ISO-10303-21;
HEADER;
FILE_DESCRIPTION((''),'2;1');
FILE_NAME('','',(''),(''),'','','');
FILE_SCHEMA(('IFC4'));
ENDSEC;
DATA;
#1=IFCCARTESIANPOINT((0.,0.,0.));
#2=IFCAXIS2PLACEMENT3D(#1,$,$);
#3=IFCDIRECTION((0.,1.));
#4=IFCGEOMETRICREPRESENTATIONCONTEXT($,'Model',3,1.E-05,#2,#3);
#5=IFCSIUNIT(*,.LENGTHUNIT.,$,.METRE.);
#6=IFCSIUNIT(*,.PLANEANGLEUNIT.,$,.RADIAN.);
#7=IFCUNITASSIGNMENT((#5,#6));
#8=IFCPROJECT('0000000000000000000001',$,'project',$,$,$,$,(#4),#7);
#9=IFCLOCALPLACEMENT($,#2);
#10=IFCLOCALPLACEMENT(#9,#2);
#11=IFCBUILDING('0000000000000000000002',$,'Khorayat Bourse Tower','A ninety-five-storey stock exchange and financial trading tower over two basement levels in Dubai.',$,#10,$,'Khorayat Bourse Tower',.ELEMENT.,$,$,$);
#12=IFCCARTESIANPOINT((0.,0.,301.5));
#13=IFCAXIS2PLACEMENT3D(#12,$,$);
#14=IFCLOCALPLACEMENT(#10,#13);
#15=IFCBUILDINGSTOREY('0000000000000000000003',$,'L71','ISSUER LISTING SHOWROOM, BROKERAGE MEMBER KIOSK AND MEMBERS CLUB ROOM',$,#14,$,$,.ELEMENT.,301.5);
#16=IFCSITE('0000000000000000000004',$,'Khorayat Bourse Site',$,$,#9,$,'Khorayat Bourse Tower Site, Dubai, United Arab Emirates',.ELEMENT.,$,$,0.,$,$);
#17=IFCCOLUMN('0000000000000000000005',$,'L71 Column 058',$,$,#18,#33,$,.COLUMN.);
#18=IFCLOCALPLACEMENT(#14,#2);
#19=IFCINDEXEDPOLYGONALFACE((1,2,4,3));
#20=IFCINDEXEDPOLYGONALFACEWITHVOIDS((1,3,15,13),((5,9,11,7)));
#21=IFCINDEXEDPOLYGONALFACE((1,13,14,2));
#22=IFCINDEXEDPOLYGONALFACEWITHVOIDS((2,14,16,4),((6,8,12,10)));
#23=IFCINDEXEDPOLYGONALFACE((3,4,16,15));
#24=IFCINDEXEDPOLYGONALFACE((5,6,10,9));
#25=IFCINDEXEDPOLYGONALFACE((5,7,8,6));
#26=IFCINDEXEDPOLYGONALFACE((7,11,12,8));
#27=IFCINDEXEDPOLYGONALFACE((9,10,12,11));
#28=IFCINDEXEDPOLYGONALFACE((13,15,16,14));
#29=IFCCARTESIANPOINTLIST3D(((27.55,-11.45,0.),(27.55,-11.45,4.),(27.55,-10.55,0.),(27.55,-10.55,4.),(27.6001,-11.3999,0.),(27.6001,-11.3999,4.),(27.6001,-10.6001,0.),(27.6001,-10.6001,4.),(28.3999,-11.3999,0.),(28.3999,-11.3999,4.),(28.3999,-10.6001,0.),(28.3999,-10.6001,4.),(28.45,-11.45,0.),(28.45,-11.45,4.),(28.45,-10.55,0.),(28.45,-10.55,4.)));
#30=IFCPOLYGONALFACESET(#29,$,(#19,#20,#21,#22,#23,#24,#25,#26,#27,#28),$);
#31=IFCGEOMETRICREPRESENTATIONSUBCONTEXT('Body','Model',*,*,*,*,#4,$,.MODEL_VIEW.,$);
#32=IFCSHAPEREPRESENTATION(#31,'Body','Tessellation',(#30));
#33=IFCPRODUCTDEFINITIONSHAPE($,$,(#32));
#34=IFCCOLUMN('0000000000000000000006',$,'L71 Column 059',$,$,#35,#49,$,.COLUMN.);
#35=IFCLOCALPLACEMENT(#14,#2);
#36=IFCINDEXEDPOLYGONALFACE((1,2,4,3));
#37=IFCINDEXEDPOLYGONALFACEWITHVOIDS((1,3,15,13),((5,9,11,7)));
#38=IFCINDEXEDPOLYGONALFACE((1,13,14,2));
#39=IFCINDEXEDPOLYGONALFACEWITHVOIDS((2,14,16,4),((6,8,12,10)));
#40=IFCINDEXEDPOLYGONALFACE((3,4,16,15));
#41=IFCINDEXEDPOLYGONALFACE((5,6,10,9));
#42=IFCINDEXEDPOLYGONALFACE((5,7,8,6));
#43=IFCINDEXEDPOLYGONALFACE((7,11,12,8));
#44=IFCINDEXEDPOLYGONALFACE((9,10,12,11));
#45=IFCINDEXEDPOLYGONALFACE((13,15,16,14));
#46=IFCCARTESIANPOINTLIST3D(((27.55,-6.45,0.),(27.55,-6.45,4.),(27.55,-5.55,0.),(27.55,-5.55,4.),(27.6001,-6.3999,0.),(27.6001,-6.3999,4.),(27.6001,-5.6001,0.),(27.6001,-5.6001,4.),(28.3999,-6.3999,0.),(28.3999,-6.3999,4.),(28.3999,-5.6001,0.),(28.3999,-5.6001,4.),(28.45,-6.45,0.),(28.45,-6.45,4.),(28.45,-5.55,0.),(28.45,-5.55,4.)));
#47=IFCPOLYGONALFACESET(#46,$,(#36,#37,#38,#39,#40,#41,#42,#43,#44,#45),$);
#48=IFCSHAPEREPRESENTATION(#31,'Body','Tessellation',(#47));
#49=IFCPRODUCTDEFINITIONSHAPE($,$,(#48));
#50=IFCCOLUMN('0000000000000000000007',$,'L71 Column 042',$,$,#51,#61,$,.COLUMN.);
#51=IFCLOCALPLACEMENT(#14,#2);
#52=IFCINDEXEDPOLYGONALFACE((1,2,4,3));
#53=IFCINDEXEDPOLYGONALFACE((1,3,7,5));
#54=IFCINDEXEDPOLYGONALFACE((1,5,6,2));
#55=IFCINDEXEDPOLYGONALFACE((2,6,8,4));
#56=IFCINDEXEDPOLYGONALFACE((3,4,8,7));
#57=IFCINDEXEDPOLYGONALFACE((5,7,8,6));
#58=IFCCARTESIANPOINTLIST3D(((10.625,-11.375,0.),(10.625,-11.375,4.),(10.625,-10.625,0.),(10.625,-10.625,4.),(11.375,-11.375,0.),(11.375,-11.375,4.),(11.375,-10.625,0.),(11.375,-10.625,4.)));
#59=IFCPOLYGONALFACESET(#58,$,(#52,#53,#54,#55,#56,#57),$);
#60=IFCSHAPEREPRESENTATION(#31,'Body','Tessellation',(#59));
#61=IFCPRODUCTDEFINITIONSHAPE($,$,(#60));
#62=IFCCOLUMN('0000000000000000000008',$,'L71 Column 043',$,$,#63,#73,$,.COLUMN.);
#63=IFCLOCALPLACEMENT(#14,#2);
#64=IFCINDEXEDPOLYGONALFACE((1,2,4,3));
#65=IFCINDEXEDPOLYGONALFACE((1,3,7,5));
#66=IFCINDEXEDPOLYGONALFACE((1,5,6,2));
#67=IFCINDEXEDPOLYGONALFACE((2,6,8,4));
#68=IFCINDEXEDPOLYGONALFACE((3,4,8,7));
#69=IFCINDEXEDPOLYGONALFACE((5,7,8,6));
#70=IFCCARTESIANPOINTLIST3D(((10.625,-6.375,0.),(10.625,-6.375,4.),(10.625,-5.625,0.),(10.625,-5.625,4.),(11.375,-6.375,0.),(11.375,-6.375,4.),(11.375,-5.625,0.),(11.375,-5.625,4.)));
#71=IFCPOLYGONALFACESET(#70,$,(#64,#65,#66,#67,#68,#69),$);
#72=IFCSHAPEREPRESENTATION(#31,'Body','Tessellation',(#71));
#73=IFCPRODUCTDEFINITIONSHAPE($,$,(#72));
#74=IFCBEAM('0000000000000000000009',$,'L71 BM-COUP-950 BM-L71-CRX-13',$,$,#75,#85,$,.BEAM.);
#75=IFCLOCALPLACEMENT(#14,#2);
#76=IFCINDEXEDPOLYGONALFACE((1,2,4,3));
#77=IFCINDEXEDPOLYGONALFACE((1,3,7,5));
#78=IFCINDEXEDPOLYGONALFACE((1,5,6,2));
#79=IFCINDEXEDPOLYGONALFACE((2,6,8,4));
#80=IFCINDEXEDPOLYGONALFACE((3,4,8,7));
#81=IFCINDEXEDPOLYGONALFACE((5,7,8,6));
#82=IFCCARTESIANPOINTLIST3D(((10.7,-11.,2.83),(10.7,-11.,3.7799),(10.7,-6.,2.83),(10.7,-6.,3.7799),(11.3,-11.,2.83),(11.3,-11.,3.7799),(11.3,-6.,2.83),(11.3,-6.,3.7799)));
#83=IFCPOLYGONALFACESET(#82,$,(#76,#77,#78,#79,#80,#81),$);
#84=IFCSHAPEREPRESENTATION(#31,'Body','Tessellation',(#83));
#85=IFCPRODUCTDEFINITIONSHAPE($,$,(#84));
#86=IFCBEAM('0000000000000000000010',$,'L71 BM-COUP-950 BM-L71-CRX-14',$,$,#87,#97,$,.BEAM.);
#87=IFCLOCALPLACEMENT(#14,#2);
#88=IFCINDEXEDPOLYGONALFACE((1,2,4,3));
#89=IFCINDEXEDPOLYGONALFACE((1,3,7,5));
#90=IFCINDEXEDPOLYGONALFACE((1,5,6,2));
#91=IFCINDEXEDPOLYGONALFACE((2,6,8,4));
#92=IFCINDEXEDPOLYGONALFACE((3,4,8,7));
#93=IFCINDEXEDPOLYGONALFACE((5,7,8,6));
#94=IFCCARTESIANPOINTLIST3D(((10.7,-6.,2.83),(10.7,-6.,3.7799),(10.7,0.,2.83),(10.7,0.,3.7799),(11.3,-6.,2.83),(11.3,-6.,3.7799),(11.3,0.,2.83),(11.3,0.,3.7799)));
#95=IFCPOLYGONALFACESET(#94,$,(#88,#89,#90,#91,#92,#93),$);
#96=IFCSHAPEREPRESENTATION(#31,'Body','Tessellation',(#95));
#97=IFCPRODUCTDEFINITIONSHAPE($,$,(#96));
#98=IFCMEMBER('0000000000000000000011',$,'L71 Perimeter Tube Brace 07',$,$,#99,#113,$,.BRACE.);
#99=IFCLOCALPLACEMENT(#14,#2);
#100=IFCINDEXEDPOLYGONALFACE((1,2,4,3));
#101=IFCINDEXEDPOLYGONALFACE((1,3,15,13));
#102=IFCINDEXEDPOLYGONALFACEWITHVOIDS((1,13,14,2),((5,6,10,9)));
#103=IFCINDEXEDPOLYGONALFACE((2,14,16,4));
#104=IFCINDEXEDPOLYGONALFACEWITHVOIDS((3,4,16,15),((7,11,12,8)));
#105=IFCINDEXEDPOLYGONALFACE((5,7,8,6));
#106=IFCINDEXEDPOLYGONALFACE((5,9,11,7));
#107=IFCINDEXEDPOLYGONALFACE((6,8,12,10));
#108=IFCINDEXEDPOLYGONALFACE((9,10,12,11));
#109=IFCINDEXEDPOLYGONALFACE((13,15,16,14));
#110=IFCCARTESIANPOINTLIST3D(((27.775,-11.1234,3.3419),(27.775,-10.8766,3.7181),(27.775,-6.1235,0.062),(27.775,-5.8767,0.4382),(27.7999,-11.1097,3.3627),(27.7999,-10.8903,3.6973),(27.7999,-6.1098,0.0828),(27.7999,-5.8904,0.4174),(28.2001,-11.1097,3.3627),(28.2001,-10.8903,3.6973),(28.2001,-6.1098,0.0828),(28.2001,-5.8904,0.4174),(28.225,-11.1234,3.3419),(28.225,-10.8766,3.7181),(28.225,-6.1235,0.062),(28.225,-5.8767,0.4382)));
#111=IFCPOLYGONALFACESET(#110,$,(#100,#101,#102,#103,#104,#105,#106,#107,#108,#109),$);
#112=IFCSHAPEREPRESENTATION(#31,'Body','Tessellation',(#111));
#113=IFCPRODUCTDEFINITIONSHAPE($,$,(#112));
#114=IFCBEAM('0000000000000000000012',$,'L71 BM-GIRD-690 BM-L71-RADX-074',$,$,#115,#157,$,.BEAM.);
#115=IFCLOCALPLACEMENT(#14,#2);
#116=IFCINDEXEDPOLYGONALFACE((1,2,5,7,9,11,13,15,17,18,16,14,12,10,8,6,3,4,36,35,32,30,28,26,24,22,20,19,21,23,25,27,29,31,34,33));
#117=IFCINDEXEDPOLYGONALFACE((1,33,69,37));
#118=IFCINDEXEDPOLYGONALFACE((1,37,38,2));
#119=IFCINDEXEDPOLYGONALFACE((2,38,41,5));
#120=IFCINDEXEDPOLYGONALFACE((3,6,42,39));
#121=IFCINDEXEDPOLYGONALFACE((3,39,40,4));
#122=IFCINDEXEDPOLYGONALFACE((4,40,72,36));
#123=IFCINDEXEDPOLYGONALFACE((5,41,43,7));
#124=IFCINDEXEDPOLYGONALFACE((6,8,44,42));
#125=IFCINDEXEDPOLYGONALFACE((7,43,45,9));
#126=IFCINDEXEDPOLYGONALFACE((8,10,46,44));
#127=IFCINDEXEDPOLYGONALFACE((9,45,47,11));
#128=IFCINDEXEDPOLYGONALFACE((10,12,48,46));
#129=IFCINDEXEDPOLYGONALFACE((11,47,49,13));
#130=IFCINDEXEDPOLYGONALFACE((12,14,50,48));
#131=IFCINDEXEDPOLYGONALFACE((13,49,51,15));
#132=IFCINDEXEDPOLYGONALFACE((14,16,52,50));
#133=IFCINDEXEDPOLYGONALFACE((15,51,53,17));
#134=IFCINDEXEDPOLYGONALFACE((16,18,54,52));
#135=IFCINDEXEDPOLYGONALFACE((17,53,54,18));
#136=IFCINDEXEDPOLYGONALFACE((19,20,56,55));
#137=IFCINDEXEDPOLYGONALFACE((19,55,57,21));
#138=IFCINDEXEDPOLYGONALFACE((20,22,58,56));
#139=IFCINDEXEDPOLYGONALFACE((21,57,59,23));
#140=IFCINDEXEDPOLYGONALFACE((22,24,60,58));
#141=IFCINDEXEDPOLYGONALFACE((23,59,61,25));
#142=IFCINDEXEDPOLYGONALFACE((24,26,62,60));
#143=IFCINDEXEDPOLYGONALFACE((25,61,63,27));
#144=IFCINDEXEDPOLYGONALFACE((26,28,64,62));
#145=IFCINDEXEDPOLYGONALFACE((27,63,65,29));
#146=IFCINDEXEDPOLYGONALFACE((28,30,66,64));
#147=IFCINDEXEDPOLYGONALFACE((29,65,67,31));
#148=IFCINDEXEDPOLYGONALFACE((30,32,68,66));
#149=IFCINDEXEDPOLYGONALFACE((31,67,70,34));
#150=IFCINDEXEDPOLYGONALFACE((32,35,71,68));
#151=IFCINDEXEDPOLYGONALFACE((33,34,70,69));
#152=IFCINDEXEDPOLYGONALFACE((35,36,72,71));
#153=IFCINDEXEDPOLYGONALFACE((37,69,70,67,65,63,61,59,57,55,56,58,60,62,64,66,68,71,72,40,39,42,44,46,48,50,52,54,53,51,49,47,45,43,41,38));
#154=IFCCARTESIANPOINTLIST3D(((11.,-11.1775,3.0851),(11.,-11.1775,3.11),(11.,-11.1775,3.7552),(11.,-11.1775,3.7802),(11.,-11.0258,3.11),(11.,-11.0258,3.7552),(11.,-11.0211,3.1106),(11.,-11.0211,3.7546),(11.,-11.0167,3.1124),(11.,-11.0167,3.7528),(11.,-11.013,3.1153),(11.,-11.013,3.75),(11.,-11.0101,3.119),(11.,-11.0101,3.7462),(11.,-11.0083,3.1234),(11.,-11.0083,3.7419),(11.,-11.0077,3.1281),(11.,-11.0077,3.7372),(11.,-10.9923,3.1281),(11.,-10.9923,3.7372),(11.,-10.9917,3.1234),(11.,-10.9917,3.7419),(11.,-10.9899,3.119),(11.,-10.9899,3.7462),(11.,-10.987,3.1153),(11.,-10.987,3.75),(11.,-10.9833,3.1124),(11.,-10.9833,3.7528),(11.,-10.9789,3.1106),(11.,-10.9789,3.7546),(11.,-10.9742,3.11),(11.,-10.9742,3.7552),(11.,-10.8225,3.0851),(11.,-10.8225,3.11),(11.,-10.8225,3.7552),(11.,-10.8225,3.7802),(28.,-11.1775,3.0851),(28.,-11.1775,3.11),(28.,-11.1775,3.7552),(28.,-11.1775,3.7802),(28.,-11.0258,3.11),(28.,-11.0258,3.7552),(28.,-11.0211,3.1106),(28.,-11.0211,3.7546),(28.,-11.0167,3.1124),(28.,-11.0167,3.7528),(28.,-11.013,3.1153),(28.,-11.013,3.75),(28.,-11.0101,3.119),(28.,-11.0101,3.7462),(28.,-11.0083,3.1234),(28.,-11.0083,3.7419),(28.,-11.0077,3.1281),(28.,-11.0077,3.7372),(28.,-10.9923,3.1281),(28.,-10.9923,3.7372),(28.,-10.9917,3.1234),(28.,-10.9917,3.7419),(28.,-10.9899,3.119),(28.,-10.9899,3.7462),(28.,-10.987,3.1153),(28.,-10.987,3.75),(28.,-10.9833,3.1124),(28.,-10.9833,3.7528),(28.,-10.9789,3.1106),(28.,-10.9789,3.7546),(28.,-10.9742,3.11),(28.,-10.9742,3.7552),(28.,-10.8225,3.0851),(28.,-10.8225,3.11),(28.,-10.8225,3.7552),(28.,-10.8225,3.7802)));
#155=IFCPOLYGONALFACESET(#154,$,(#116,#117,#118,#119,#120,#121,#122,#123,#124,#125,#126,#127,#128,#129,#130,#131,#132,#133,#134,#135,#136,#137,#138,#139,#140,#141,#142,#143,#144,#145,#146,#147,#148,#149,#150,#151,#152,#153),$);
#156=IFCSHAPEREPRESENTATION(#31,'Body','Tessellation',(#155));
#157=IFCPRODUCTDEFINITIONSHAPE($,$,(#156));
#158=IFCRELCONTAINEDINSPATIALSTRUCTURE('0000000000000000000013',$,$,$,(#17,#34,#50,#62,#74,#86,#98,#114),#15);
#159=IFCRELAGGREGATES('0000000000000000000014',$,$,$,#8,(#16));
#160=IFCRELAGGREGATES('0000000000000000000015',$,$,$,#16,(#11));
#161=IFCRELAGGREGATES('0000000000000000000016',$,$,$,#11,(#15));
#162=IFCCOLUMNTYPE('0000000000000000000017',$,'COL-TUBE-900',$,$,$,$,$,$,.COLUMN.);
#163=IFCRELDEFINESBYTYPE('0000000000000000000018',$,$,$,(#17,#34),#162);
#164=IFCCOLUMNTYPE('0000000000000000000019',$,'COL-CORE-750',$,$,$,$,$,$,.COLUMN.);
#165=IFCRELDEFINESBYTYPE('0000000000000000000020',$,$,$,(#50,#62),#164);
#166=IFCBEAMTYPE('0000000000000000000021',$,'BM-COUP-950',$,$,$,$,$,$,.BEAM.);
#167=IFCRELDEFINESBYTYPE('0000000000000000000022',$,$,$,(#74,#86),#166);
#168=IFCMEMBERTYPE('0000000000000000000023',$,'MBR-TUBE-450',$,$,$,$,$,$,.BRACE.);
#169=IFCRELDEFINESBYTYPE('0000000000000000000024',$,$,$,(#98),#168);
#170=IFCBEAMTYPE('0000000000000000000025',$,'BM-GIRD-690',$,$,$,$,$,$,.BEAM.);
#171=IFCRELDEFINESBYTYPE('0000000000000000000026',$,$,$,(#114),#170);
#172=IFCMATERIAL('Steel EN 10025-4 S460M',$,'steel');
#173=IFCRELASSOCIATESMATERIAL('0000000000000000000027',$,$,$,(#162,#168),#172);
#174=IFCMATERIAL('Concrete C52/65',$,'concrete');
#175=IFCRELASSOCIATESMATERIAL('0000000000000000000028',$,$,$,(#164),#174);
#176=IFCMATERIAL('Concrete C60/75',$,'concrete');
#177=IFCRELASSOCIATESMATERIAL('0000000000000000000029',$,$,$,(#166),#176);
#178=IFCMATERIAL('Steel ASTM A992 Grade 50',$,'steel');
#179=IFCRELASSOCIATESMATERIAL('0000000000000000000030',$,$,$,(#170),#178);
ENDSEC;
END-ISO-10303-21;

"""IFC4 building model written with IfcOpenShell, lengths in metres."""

from ifc_helpers import new_model, si_unit, direction, frame, origin, origin_2d, place, context, subcontext, project, spatial, rectangle, hollow_rectangle, i_section, extrude, source, transform, mapped, material, material_profile, profile_set, type_object, element, save


model = new_model("IFC4")

# Units and contexts
model_context = context("Model", 3, precision=1e-05, world=origin(), true_north=direction((0.0, 1.0)))
body_context = subcontext(model_context, "Body", "Model", "MODEL_VIEW")
ifc_project = project(units=[si_unit("LENGTHUNIT", "METRE"), si_unit("PLANEANGLEUNIT", "RADIAN")], contexts=[model_context])

# Site, building, storey
site_placement = place(None, origin())
site = spatial("IfcSite", under=ifc_project, at=site_placement, Name="Khorayat Bourse Site", LongName="Khorayat Bourse Tower Site, Dubai, United Arab Emirates", CompositionType="ELEMENT", RefElevation=0.0)
building_placement = place(site_placement, origin())
building = spatial("IfcBuilding", under=site, at=building_placement, Name="Khorayat Bourse Tower", Description="A ninety-five-storey stock exchange and financial trading tower over two basement levels in Dubai.", LongName="Khorayat Bourse Tower", CompositionType="ELEMENT")
storey_placement = place(building_placement, frame((0.0, 0.0, 301.5)))
storey = spatial("IfcBuildingStorey", under=building, at=storey_placement, Name="L71", Description="ISSUER LISTING SHOWROOM, BROKERAGE MEMBER KIOSK AND MEMBERS CLUB ROOM", CompositionType="ELEMENT", Elevation=301.5)

# Columns
ifc_material_1 = material(Name="Steel EN 10025-4 S460M", Category="steel")
ifc_material_profile_1 = material_profile(ifc_material_1, hollow_rectangle(XDim=0.8999, YDim=0.8999, WallThickness=0.05, at=origin_2d()), Name="BOX 900x900x50")
ifc_profile_set_1 = profile_set([ifc_material_profile_1], Name="Steel EN 10025-4 S460M")
column_type_1 = type_object("IfcColumnType", Name="COL-TUBE-900", PredefinedType="COLUMN", material=ifc_profile_set_1)
shared_shape_1 = source(origin(), body_context, "Body", "SweptSolid", [
    extrude(hollow_rectangle(XDim=0.8999, YDim=0.8999, WallThickness=0.05, at=origin_2d()), origin(), (0.0, 0.0, 1.0), 4.0),
])
for number, where, z_axis, x_axis, name in (
    (1, (28.0, -11.0, 0.0), (0.0, 0.0, 1.0), (1.0, 0.0, 0.0), "L71 Column 058"),
    (2, (28.0, -6.0, 0.0), (0.0, 0.0, 1.0), (1.0, 0.0, 0.0), "L71 Column 059"),
):
    element("IfcColumn", number, at=place(storey_placement, frame(where, z_axis=z_axis, x_axis=x_axis)), inside=storey, type_object=column_type_1, Name=name, PredefinedType="COLUMN", context=body_context, shape_type="MappedRepresentation", body=[
        mapped(shared_shape_1, transform((0.0, 0.0, 0.0), scale=1.0)),
    ])
ifc_material_2 = material(Name="Concrete C52/65", Category="concrete")
ifc_material_profile_2 = material_profile(ifc_material_2, rectangle(XDim=0.75, YDim=0.75, at=origin_2d()), Name="RC 750x750")
ifc_profile_set_2 = profile_set([ifc_material_profile_2], Name="Concrete C52/65")
column_type_2 = type_object("IfcColumnType", Name="COL-CORE-750", PredefinedType="COLUMN", material=ifc_profile_set_2)
shared_shape_2 = source(origin(), body_context, "Body", "SweptSolid", [
    extrude(rectangle(XDim=0.75, YDim=0.75, at=origin_2d()), origin(), (0.0, 0.0, 1.0), 4.0),
])
for number, where, z_axis, x_axis, name in (
    (3, (11.0, -11.0, 0.0), (0.0, 0.0, 1.0), (1.0, 0.0, 0.0), "L71 Column 042"),
    (4, (11.0, -6.0, 0.0), (0.0, 0.0, 1.0), (1.0, 0.0, 0.0), "L71 Column 043"),
):
    element("IfcColumn", number, at=place(storey_placement, frame(where, z_axis=z_axis, x_axis=x_axis)), inside=storey, type_object=column_type_2, Name=name, PredefinedType="COLUMN", context=body_context, shape_type="MappedRepresentation", body=[
        mapped(shared_shape_2, transform((0.0, 0.0, 0.0), scale=1.0)),
    ])

# Beams
ifc_material_3 = material(Name="Concrete C60/75", Category="concrete")
ifc_material_profile_3 = material_profile(ifc_material_3, rectangle(XDim=0.6001, YDim=0.95, at=origin_2d()), Name="RC 600x950")
ifc_profile_set_3 = profile_set([ifc_material_profile_3], Name="Concrete C60/75")
beam_type_1 = type_object("IfcBeamType", Name="BM-COUP-950", PredefinedType="BEAM", material=ifc_profile_set_3)
shared_shape_3 = source(origin(), body_context, "Body", "SweptSolid", [
    extrude(rectangle(XDim=0.6001, YDim=0.95, at=origin_2d()), origin(), (0.0, 0.0, 1.0), 5.0),
])
beam_1_placement = place(storey_placement, frame((11.0, -11.0, 3.3049), z_axis=(0.0, 1.0, 0.0), x_axis=(-1.0, 0.0, 0.0)))
element("IfcBeam", 5, at=beam_1_placement, inside=storey, type_object=beam_type_1, Name="L71 BM-COUP-950 BM-L71-CRX-13", PredefinedType="BEAM", context=body_context, shape_type="MappedRepresentation", body=[
    mapped(shared_shape_3, transform((0.0, 0.0, 0.0), scale=1.0)),
])
shared_shape_4 = source(origin(), body_context, "Body", "SweptSolid", [
    extrude(rectangle(XDim=0.6001, YDim=0.95, at=origin_2d()), origin(), (0.0, 0.0, 1.0), 6.0),
])
beam_2_placement = place(storey_placement, frame((11.0, -6.0, 3.3049), z_axis=(0.0, 1.0, 0.0), x_axis=(-1.0, 0.0, 0.0)))
element("IfcBeam", 6, at=beam_2_placement, inside=storey, type_object=beam_type_1, Name="L71 BM-COUP-950 BM-L71-CRX-14", PredefinedType="BEAM", context=body_context, shape_type="MappedRepresentation", body=[
    mapped(shared_shape_4, transform((0.0, 0.0, 0.0), scale=1.0)),
])

# Member
ifc_material_profile_4 = material_profile(ifc_material_1, hollow_rectangle(XDim=0.45, YDim=0.45, WallThickness=0.0249, at=origin_2d()), Name="HSS 450x450x25")
ifc_profile_set_4 = profile_set([ifc_material_profile_4], Name="Steel EN 10025-4 S460M")
member_type_1 = type_object("IfcMemberType", Name="MBR-TUBE-450", PredefinedType="BRACE", material=ifc_profile_set_4)
shared_shape_5 = source(origin(), body_context, "Body", "SweptSolid", [
    extrude(hollow_rectangle(XDim=0.45, YDim=0.45, WallThickness=0.0249, at=origin_2d()), origin(), (0.0, 0.0, 1.0), 5.9797),
])
member_1_placement = place(storey_placement, frame((28.0, -11.0, 3.53), z_axis=(0.0, 0.836142, -0.548514), x_axis=(-1.0, 0.0, 0.0)))
element("IfcMember", 7, at=member_1_placement, inside=storey, type_object=member_type_1, Name="L71 Perimeter Tube Brace 07", PredefinedType="BRACE", context=body_context, shape_type="MappedRepresentation", body=[
    mapped(shared_shape_5, transform((0.0, 0.0, 0.0), scale=1.0)),
])

# Beam
ifc_material_4 = material(Name="Steel ASTM A992 Grade 50", Category="steel")
ifc_material_profile_5 = material_profile(ifc_material_4, i_section(OverallWidth=0.355, OverallDepth=0.6951, WebThickness=0.0154, FlangeThickness=0.0249, FilletRadius=0.0181, at=origin_2d()), Name="W690X217")
ifc_profile_set_5 = profile_set([ifc_material_profile_5], Name="Steel ASTM A992 Grade 50")
beam_type_2 = type_object("IfcBeamType", Name="BM-GIRD-690", PredefinedType="BEAM", material=ifc_profile_set_5)
shared_shape_6 = source(origin(), body_context, "Body", "SweptSolid", [
    extrude(i_section(OverallWidth=0.355, OverallDepth=0.6951, WebThickness=0.0154, FlangeThickness=0.0249, FilletRadius=0.0181, at=origin_2d()), origin(), (0.0, 0.0, 1.0), 17.0),
])
for number, where, z_axis, x_axis, name in (
    (8, (11.0, -11.0, 3.4326), (1.0, 0.0, 0.0), (0.0, 1.0, 0.0), "L71 BM-GIRD-690 BM-L71-RADX-074"),
):
    element("IfcBeam", number, at=place(storey_placement, frame(where, z_axis=z_axis, x_axis=x_axis)), inside=storey, type_object=beam_type_2, Name=name, PredefinedType="BEAM", context=body_context, shape_type="MappedRepresentation", body=[
        mapped(shared_shape_6, transform((0.0, 0.0, 0.0), scale=1.0)),
    ])

save(model, "model.ifc")
